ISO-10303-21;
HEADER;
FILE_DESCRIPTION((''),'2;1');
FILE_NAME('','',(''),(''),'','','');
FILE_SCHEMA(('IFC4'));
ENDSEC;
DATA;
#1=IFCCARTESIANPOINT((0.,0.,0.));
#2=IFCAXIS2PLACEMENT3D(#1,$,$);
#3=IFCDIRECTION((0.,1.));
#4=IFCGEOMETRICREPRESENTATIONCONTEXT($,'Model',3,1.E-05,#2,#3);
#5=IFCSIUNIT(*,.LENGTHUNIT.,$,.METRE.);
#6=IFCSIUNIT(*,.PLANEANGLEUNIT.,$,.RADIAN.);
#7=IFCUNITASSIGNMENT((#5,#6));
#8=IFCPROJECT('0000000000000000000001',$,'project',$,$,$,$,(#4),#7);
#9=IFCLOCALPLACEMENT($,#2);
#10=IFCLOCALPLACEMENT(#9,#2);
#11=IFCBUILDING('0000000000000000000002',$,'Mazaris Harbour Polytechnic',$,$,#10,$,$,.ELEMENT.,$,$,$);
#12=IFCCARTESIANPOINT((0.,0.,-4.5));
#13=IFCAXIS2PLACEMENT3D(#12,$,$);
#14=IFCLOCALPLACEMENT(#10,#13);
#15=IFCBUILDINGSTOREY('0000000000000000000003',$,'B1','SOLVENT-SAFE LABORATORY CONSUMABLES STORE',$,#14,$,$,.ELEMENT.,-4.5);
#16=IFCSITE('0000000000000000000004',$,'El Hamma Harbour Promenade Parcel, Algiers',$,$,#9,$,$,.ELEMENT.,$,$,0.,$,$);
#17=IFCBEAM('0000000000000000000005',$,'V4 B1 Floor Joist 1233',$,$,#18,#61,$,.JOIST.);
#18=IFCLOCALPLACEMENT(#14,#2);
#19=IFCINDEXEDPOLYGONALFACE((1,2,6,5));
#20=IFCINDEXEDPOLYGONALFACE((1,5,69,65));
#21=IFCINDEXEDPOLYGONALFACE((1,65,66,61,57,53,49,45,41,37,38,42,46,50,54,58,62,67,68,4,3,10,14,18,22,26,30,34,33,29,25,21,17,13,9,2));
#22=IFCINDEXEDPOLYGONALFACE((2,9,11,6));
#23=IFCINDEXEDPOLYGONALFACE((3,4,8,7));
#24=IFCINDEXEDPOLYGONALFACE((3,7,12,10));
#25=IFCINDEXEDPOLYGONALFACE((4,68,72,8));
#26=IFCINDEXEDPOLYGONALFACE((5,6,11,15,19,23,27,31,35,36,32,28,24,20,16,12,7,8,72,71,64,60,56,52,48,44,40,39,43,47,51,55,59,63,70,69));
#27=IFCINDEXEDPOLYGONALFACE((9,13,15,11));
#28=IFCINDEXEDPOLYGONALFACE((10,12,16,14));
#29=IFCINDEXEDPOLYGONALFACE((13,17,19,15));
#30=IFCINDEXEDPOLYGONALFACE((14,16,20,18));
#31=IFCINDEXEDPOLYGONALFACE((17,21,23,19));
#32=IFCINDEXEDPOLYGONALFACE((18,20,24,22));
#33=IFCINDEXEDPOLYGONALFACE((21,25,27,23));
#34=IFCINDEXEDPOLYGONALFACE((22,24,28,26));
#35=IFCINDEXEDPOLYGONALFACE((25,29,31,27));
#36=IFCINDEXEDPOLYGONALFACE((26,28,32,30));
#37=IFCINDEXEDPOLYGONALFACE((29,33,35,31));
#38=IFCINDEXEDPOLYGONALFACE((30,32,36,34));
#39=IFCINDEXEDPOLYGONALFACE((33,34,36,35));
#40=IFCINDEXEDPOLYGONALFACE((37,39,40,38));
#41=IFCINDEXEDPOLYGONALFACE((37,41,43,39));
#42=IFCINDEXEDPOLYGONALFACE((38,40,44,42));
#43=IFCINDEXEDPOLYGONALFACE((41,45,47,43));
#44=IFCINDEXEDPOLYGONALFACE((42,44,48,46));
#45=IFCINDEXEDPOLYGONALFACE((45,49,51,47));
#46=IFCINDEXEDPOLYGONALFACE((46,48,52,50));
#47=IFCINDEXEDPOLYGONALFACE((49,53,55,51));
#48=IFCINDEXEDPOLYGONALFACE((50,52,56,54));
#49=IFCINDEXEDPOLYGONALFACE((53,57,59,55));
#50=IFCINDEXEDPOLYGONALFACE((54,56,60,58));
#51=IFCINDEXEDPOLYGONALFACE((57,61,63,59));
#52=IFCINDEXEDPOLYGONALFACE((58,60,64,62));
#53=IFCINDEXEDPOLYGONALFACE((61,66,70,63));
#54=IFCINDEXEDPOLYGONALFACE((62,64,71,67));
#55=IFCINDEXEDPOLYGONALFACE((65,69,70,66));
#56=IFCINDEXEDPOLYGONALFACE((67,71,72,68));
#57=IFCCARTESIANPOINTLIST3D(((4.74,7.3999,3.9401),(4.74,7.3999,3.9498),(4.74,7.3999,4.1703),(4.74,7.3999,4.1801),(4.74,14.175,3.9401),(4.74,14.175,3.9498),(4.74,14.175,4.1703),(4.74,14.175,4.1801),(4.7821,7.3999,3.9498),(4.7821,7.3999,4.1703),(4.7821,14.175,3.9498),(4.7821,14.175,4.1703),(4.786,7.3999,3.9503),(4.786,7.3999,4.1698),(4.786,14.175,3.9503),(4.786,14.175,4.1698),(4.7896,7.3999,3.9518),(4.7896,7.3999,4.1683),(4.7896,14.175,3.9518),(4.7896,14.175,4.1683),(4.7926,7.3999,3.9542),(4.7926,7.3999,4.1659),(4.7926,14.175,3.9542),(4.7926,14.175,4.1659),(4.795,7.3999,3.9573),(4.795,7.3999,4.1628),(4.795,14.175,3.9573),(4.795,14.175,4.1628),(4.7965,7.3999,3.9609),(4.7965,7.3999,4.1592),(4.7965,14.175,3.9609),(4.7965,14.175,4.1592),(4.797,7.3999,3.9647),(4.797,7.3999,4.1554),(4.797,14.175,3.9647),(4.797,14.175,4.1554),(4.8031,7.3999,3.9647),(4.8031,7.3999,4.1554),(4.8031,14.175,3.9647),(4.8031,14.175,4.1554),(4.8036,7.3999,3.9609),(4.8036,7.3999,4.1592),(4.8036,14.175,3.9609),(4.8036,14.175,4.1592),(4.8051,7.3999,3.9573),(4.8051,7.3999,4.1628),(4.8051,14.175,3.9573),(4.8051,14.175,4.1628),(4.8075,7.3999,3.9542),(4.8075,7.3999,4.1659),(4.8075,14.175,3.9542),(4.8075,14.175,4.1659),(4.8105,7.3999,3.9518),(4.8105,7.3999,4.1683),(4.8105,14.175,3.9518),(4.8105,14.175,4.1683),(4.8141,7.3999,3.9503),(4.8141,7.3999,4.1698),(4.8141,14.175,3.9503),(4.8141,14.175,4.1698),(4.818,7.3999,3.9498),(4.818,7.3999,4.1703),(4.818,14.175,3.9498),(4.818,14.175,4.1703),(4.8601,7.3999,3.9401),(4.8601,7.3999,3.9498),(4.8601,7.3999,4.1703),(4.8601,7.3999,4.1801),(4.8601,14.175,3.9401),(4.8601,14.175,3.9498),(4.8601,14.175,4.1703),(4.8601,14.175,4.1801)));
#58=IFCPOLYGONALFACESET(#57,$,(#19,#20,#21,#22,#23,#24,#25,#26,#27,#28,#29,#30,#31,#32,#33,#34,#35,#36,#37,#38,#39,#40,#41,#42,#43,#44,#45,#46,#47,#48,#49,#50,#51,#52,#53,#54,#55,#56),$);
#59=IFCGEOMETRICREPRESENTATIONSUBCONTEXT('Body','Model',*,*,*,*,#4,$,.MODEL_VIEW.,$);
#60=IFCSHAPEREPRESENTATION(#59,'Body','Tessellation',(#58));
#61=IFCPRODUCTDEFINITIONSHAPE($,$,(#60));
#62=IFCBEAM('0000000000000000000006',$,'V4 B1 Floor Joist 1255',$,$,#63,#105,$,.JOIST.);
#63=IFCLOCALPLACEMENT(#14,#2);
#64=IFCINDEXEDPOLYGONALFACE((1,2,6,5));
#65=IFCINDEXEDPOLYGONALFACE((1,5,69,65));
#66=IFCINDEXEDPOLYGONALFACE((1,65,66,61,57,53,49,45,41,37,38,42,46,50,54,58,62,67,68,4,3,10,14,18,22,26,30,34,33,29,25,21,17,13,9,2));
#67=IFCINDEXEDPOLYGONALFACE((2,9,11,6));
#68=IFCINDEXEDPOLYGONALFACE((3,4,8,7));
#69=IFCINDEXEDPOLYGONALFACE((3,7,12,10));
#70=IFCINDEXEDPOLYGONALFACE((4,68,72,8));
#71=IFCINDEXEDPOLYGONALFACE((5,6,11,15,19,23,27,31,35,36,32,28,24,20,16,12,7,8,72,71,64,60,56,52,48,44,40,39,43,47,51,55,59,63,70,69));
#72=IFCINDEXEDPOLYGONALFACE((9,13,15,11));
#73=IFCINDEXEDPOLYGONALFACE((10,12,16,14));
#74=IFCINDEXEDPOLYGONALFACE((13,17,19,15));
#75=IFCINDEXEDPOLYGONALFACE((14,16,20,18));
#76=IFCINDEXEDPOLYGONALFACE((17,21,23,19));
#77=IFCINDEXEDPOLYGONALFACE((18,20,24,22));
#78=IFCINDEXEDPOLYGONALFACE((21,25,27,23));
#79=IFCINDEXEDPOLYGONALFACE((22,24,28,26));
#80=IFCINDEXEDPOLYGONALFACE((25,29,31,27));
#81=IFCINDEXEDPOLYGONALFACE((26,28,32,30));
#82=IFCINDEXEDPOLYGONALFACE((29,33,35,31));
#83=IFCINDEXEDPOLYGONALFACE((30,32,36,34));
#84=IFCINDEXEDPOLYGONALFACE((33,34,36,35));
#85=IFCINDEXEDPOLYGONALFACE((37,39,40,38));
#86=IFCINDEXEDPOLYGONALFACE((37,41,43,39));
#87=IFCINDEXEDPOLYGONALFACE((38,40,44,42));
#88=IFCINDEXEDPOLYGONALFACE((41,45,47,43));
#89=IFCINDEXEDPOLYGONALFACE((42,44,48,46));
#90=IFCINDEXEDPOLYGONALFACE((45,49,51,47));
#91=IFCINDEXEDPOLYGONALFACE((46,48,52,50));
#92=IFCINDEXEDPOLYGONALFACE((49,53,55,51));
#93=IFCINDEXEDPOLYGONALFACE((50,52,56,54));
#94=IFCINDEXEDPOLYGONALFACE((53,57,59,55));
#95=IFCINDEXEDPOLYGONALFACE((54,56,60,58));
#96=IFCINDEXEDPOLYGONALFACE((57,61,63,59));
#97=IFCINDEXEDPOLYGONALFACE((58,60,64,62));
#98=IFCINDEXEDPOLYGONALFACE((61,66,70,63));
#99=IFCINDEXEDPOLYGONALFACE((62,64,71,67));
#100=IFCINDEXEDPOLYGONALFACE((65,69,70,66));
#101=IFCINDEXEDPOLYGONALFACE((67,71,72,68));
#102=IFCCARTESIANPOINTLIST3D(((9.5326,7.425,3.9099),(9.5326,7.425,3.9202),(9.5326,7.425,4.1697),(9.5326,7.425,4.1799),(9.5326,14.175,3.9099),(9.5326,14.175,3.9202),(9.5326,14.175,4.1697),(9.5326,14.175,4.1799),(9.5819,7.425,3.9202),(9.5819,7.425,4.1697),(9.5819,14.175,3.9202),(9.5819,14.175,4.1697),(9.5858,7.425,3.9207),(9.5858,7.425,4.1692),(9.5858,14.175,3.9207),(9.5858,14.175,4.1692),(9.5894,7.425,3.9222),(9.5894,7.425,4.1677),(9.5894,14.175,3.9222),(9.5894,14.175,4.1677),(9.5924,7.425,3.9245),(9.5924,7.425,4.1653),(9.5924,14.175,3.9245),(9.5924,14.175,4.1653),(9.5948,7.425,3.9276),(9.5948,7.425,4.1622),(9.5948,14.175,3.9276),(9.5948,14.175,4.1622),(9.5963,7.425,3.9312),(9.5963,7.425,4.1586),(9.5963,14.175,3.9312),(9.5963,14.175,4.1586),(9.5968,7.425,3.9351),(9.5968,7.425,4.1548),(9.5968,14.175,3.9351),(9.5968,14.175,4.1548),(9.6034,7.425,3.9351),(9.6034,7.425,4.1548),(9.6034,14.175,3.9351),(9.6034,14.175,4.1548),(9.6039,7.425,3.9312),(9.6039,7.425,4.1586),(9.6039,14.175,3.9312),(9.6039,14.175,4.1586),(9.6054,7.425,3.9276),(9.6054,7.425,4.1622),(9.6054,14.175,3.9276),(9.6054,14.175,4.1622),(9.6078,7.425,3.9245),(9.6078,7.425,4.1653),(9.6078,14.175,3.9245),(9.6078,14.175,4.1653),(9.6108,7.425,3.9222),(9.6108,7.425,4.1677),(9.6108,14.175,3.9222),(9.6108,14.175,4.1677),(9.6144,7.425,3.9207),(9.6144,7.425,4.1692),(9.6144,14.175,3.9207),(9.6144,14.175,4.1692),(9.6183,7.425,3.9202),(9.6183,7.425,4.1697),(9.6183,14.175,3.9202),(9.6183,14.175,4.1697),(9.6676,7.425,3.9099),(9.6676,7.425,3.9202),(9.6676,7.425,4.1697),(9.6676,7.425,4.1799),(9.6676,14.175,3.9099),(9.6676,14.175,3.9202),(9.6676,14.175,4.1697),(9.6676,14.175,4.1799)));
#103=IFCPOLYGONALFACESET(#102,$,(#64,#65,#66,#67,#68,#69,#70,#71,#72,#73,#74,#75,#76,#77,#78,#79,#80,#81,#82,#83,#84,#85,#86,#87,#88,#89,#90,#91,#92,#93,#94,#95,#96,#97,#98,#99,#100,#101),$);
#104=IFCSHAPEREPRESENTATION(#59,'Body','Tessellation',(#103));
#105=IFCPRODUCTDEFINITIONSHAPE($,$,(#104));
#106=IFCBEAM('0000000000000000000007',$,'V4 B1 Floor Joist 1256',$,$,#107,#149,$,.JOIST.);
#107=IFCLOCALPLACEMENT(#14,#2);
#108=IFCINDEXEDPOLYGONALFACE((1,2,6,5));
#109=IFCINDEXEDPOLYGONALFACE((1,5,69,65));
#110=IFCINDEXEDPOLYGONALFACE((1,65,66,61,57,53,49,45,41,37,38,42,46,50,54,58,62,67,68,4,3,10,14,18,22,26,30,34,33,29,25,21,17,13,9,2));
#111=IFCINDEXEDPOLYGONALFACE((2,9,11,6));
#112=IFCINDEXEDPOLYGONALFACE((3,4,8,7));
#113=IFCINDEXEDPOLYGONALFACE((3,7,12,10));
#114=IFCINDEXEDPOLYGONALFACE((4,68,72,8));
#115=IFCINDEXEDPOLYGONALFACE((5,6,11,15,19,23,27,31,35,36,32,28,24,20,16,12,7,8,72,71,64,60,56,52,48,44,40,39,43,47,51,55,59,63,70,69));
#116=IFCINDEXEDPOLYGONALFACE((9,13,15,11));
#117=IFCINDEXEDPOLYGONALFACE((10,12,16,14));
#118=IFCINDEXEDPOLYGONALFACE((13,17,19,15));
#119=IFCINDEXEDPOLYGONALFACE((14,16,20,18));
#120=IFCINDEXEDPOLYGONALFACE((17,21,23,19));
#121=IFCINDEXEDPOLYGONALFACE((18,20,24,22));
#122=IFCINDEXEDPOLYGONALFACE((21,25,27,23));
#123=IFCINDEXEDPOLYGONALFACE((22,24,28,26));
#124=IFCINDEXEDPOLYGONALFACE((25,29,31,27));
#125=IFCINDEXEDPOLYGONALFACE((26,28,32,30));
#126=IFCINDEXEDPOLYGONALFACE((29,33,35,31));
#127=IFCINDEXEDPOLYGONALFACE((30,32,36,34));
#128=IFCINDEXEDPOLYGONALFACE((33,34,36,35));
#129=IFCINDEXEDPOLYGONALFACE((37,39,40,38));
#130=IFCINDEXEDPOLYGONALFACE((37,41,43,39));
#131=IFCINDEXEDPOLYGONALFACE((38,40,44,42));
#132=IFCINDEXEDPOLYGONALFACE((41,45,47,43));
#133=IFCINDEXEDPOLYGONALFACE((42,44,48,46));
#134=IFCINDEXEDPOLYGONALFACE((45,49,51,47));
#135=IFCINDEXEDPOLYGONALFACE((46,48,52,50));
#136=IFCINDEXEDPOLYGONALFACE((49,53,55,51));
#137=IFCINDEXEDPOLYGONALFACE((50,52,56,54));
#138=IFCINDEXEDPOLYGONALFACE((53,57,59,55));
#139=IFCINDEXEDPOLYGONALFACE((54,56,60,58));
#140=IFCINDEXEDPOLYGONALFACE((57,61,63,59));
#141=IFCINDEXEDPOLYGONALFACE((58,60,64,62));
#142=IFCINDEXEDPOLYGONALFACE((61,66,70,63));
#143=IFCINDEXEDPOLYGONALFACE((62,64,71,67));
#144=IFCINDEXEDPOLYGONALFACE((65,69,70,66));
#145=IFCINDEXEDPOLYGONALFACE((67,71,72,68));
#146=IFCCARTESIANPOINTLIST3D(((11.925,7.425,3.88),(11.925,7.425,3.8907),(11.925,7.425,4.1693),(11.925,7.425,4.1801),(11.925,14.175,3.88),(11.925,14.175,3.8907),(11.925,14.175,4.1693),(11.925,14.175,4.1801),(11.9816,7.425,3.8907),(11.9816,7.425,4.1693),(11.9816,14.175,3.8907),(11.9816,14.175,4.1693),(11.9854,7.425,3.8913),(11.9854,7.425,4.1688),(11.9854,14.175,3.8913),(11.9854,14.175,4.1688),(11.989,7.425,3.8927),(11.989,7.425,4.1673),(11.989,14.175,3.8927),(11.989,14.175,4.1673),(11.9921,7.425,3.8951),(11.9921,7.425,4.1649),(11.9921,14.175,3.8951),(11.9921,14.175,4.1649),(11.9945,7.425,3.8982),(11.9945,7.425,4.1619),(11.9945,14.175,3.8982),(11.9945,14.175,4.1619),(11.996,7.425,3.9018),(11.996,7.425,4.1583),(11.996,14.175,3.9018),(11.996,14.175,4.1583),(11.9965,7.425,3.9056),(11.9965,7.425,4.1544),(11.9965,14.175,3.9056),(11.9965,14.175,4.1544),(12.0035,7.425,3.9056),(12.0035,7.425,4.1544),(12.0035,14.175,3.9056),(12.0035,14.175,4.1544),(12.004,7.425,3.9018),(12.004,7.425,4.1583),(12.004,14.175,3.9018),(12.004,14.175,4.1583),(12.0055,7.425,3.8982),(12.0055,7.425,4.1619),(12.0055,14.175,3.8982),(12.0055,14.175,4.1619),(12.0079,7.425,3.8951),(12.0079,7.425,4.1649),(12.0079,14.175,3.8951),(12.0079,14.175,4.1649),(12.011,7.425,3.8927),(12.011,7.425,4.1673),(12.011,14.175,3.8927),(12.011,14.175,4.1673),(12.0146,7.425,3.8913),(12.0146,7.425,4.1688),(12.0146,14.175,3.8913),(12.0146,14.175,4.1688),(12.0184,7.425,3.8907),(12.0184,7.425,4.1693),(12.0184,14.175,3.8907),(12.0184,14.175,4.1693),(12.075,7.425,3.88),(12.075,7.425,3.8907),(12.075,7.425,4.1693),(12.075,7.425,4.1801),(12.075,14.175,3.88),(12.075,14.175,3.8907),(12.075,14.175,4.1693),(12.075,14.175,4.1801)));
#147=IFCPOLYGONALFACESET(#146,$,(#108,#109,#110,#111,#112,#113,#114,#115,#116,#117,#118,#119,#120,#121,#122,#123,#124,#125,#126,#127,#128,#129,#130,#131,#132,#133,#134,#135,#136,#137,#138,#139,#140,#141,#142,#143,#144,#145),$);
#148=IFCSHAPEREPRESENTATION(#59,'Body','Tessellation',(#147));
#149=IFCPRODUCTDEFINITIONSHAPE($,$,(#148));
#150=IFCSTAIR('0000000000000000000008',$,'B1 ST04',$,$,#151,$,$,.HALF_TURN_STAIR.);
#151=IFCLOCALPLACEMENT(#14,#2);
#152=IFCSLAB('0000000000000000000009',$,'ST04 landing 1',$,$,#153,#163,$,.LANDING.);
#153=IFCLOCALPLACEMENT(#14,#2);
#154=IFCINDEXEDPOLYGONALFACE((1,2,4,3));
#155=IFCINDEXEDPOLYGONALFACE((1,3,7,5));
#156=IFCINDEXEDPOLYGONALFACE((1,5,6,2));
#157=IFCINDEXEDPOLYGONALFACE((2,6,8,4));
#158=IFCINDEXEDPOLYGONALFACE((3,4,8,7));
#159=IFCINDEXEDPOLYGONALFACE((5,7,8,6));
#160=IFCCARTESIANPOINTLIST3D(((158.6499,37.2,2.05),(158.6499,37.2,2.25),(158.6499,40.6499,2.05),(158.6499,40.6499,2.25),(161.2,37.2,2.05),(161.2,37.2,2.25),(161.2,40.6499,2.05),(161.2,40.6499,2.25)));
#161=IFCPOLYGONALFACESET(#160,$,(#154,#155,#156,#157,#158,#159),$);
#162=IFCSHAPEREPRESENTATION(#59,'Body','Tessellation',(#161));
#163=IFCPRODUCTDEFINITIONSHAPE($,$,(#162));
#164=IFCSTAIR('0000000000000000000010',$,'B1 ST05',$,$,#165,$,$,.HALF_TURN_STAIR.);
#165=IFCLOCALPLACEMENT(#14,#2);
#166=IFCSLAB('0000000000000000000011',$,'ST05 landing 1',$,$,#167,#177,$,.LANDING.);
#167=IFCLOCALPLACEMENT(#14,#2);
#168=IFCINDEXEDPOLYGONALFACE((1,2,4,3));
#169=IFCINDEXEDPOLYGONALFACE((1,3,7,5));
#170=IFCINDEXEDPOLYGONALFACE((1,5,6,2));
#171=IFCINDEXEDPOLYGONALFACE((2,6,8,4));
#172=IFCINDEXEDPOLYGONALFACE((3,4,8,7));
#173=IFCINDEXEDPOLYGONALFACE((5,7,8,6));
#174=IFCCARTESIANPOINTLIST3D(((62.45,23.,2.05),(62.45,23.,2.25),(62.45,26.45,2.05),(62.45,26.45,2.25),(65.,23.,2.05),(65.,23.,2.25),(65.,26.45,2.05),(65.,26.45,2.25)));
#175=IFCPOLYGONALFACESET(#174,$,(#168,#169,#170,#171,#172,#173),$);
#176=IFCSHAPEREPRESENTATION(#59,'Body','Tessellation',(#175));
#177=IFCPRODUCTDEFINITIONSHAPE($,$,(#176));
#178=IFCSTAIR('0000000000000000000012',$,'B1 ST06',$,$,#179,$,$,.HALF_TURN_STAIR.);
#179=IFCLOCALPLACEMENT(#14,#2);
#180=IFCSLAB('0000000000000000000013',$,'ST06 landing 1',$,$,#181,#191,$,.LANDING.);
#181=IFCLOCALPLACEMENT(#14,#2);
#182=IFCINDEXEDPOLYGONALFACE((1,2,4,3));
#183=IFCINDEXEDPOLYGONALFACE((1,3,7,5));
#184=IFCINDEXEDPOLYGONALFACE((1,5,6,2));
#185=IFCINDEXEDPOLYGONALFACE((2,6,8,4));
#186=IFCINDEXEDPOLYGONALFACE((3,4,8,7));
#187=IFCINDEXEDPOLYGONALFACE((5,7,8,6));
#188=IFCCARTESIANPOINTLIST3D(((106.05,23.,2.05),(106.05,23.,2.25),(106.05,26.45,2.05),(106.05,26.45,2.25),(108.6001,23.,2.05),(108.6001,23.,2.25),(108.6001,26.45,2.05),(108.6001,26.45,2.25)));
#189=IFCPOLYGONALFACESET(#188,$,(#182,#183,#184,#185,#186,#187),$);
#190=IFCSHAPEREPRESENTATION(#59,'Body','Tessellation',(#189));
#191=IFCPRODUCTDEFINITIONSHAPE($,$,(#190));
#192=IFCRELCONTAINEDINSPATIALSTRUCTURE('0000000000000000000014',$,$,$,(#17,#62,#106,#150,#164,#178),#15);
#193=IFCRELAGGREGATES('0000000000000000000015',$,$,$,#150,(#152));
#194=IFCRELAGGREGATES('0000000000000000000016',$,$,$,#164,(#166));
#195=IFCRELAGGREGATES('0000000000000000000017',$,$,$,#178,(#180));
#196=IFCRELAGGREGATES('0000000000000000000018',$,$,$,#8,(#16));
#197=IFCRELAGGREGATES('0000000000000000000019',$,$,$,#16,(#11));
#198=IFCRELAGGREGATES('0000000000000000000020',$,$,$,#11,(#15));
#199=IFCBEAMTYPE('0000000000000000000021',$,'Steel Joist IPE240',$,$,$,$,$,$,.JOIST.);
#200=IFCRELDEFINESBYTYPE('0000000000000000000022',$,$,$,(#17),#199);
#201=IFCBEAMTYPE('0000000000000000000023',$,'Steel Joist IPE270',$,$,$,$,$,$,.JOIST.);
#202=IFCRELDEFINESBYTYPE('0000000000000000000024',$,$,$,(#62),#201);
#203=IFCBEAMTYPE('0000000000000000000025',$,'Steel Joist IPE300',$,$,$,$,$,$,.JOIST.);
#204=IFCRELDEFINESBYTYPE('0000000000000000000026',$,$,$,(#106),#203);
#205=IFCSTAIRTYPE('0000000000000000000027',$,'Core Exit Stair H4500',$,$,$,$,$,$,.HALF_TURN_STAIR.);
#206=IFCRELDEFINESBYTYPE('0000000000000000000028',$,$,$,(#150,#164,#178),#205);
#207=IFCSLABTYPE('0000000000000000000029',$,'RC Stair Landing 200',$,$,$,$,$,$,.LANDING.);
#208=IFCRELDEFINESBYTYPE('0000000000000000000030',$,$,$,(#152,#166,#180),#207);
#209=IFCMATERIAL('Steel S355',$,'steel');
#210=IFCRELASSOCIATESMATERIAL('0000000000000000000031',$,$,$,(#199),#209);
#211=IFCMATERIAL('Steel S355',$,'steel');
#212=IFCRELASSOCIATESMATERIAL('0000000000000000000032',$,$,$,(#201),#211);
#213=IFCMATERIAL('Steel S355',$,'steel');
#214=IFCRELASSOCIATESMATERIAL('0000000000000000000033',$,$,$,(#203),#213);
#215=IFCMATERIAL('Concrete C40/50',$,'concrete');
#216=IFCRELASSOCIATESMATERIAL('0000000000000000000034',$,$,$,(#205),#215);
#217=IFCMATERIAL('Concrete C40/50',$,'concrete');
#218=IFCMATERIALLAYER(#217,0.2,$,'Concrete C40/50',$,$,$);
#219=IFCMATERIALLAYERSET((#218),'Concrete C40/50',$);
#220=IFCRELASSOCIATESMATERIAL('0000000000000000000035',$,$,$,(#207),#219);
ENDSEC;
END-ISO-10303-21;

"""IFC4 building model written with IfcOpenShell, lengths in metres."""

from ifc_helpers import new_model, si_unit, direction, frame, origin, origin_2d, place, context, subcontext, project, spatial, polyline, i_section, outline, extrude, material, layer, layer_set, material_profile, profile_set, type_object, element, aggregate, save


model = new_model("IFC4")

# Units and contexts
model_context = context("Model", 3, precision=1e-05, world=origin(), true_north=direction((0.0, 1.0)))
body_context = subcontext(model_context, "Body", "Model", "MODEL_VIEW")
ifc_project = project(units=[si_unit("LENGTHUNIT", "METRE"), si_unit("PLANEANGLEUNIT", "RADIAN")], contexts=[model_context])

# Site, building, storey
site_placement = place(None, origin())
site = spatial("IfcSite", under=ifc_project, at=site_placement, Name="El Hamma Harbour Promenade Parcel, Algiers", CompositionType="ELEMENT", RefElevation=0.0)
building_placement = place(site_placement, origin())
building = spatial("IfcBuilding", under=site, at=building_placement, Name="Mazaris Harbour Polytechnic", CompositionType="ELEMENT")
storey_placement = place(building_placement, frame((0.0, 0.0, -4.5)))
storey = spatial("IfcBuildingStorey", under=building, at=storey_placement, Name="B1", Description="SOLVENT-SAFE LABORATORY CONSUMABLES STORE", CompositionType="ELEMENT", Elevation=-4.5)

# Beams
ifc_material_1 = material(Name="Steel S355", Category="steel")
ifc_material_profile_1 = material_profile(ifc_material_1, i_section(OverallWidth=0.1201, OverallDepth=0.24, WebThickness=0.0061, FlangeThickness=0.0098, FilletRadius=0.0149, at=origin_2d()), Name="IPE 240")
ifc_profile_set_1 = profile_set([ifc_material_profile_1], Name="Steel S355")
beam_type_1 = type_object("IfcBeamType", Name="Steel Joist IPE240", PredefinedType="JOIST", material=ifc_profile_set_1)
beam_1_placement = place(storey_placement, frame((4.8, 7.3999, 4.0601), z_axis=(0.0, 1.0, 0.0), x_axis=(-1.0, 0.0, 0.0)))
element("IfcBeam", 1, at=beam_1_placement, inside=storey, type_object=beam_type_1, Name="V4 B1 Floor Joist 1233", PredefinedType="JOIST", context=body_context, shape_type="SweptSolid", body=[
    extrude(i_section(OverallWidth=0.1201, OverallDepth=0.24, WebThickness=0.0061, FlangeThickness=0.0098, FilletRadius=0.0149, at=origin_2d()), origin(), (0.0, 0.0, 1.0), 6.7751),
])
ifc_material_2 = material(Name="Steel S355", Category="steel")
ifc_material_profile_2 = material_profile(ifc_material_2, i_section(OverallWidth=0.135, OverallDepth=0.27, WebThickness=0.0066, FlangeThickness=0.0103, FilletRadius=0.0149, at=origin_2d()), Name="IPE 270")
ifc_profile_set_2 = profile_set([ifc_material_profile_2], Name="Steel S355")
beam_type_2 = type_object("IfcBeamType", Name="Steel Joist IPE270", PredefinedType="JOIST", material=ifc_profile_set_2)
beam_2_placement = place(storey_placement, frame((9.6001, 7.425, 4.0449), z_axis=(0.0, 1.0, 0.0), x_axis=(-1.0, 0.0, 0.0)))
element("IfcBeam", 2, at=beam_2_placement, inside=storey, type_object=beam_type_2, Name="V4 B1 Floor Joist 1255", PredefinedType="JOIST", context=body_context, shape_type="SweptSolid", body=[
    extrude(i_section(OverallWidth=0.135, OverallDepth=0.27, WebThickness=0.0066, FlangeThickness=0.0103, FilletRadius=0.0149, at=origin_2d()), origin(), (0.0, 0.0, 1.0), 6.75),
])
ifc_material_3 = material(Name="Steel S355", Category="steel")
ifc_material_profile_3 = material_profile(ifc_material_3, i_section(OverallWidth=0.1499, OverallDepth=0.3, WebThickness=0.0071, FlangeThickness=0.0107, FilletRadius=0.0149, at=origin_2d()), Name="IPE 300")
ifc_profile_set_3 = profile_set([ifc_material_profile_3], Name="Steel S355")
beam_type_3 = type_object("IfcBeamType", Name="Steel Joist IPE300", PredefinedType="JOIST", material=ifc_profile_set_3)
beam_3_placement = place(storey_placement, frame((12.0, 7.425, 4.03), z_axis=(0.0, 1.0, 0.0), x_axis=(-1.0, 0.0, 0.0)))
element("IfcBeam", 3, at=beam_3_placement, inside=storey, type_object=beam_type_3, Name="V4 B1 Floor Joist 1256", PredefinedType="JOIST", context=body_context, shape_type="SweptSolid", body=[
    extrude(i_section(OverallWidth=0.1499, OverallDepth=0.3, WebThickness=0.0071, FlangeThickness=0.0107, FilletRadius=0.0149, at=origin_2d()), origin(), (0.0, 0.0, 1.0), 6.75),
])

# Stairs, slabs
ifc_material_4 = material(Name="Concrete C40/50", Category="concrete")
stair_type = type_object("IfcStairType", Name="Core Exit Stair H4500", PredefinedType="HALF_TURN_STAIR", material=ifc_material_4)
stair_1_placement = place(storey_placement, origin())
stair_1 = element("IfcStair", 4, at=stair_1_placement, inside=storey, type_object=stair_type, Name="B1 ST04", PredefinedType="HALF_TURN_STAIR")
ifc_material_5 = material(Name="Concrete C40/50", Category="concrete")
ifc_layer_1 = layer(ifc_material_5, 0.2, Name="Concrete C40/50")
ifc_layer_set_1 = layer_set([ifc_layer_1], Name="Concrete C40/50")
slab_type = type_object("IfcSlabType", Name="RC Stair Landing 200", PredefinedType="LANDING", material=ifc_layer_set_1)
slab_1_placement = place(storey_placement, frame((0.0, 0.0, 2.05)))
slab_1 = element("IfcSlab", 5, at=slab_1_placement, type_object=slab_type, Name="ST04 landing 1", PredefinedType="LANDING", context=body_context, shape_type="SweptSolid", body=[
    extrude(outline(polyline([(158.6499, 37.2), (161.2, 37.2), (161.2, 40.6499), (158.6499, 40.6499), (158.6499, 37.2)])), origin(), (0.0, 0.0, 1.0), 0.2),
])
aggregate(stair_1, [slab_1])
stair_2_placement = place(storey_placement, origin())
stair_2 = element("IfcStair", 6, at=stair_2_placement, inside=storey, type_object=stair_type, Name="B1 ST05", PredefinedType="HALF_TURN_STAIR")
slab_2_placement = place(storey_placement, frame((0.0, 0.0, 2.05)))
slab_2 = element("IfcSlab", 7, at=slab_2_placement, type_object=slab_type, Name="ST05 landing 1", PredefinedType="LANDING", context=body_context, shape_type="SweptSolid", body=[
    extrude(outline(polyline([(62.45, 23.0), (65.0, 23.0), (65.0, 26.45), (62.45, 26.45), (62.45, 23.0)])), origin(), (0.0, 0.0, 1.0), 0.2),
])
aggregate(stair_2, [slab_2])
stair_3_placement = place(storey_placement, origin())
stair_3 = element("IfcStair", 8, at=stair_3_placement, inside=storey, type_object=stair_type, Name="B1 ST06", PredefinedType="HALF_TURN_STAIR")
slab_3_placement = place(storey_placement, frame((0.0, 0.0, 2.05)))
slab_3 = element("IfcSlab", 9, at=slab_3_placement, type_object=slab_type, Name="ST06 landing 1", PredefinedType="LANDING", context=body_context, shape_type="SweptSolid", body=[
    extrude(outline(polyline([(106.05, 23.0), (108.6001, 23.0), (108.6001, 26.45), (106.05, 26.45), (106.05, 23.0)])), origin(), (0.0, 0.0, 1.0), 0.2),
])
aggregate(stair_3, [slab_3])

save(model, "model.ifc")
